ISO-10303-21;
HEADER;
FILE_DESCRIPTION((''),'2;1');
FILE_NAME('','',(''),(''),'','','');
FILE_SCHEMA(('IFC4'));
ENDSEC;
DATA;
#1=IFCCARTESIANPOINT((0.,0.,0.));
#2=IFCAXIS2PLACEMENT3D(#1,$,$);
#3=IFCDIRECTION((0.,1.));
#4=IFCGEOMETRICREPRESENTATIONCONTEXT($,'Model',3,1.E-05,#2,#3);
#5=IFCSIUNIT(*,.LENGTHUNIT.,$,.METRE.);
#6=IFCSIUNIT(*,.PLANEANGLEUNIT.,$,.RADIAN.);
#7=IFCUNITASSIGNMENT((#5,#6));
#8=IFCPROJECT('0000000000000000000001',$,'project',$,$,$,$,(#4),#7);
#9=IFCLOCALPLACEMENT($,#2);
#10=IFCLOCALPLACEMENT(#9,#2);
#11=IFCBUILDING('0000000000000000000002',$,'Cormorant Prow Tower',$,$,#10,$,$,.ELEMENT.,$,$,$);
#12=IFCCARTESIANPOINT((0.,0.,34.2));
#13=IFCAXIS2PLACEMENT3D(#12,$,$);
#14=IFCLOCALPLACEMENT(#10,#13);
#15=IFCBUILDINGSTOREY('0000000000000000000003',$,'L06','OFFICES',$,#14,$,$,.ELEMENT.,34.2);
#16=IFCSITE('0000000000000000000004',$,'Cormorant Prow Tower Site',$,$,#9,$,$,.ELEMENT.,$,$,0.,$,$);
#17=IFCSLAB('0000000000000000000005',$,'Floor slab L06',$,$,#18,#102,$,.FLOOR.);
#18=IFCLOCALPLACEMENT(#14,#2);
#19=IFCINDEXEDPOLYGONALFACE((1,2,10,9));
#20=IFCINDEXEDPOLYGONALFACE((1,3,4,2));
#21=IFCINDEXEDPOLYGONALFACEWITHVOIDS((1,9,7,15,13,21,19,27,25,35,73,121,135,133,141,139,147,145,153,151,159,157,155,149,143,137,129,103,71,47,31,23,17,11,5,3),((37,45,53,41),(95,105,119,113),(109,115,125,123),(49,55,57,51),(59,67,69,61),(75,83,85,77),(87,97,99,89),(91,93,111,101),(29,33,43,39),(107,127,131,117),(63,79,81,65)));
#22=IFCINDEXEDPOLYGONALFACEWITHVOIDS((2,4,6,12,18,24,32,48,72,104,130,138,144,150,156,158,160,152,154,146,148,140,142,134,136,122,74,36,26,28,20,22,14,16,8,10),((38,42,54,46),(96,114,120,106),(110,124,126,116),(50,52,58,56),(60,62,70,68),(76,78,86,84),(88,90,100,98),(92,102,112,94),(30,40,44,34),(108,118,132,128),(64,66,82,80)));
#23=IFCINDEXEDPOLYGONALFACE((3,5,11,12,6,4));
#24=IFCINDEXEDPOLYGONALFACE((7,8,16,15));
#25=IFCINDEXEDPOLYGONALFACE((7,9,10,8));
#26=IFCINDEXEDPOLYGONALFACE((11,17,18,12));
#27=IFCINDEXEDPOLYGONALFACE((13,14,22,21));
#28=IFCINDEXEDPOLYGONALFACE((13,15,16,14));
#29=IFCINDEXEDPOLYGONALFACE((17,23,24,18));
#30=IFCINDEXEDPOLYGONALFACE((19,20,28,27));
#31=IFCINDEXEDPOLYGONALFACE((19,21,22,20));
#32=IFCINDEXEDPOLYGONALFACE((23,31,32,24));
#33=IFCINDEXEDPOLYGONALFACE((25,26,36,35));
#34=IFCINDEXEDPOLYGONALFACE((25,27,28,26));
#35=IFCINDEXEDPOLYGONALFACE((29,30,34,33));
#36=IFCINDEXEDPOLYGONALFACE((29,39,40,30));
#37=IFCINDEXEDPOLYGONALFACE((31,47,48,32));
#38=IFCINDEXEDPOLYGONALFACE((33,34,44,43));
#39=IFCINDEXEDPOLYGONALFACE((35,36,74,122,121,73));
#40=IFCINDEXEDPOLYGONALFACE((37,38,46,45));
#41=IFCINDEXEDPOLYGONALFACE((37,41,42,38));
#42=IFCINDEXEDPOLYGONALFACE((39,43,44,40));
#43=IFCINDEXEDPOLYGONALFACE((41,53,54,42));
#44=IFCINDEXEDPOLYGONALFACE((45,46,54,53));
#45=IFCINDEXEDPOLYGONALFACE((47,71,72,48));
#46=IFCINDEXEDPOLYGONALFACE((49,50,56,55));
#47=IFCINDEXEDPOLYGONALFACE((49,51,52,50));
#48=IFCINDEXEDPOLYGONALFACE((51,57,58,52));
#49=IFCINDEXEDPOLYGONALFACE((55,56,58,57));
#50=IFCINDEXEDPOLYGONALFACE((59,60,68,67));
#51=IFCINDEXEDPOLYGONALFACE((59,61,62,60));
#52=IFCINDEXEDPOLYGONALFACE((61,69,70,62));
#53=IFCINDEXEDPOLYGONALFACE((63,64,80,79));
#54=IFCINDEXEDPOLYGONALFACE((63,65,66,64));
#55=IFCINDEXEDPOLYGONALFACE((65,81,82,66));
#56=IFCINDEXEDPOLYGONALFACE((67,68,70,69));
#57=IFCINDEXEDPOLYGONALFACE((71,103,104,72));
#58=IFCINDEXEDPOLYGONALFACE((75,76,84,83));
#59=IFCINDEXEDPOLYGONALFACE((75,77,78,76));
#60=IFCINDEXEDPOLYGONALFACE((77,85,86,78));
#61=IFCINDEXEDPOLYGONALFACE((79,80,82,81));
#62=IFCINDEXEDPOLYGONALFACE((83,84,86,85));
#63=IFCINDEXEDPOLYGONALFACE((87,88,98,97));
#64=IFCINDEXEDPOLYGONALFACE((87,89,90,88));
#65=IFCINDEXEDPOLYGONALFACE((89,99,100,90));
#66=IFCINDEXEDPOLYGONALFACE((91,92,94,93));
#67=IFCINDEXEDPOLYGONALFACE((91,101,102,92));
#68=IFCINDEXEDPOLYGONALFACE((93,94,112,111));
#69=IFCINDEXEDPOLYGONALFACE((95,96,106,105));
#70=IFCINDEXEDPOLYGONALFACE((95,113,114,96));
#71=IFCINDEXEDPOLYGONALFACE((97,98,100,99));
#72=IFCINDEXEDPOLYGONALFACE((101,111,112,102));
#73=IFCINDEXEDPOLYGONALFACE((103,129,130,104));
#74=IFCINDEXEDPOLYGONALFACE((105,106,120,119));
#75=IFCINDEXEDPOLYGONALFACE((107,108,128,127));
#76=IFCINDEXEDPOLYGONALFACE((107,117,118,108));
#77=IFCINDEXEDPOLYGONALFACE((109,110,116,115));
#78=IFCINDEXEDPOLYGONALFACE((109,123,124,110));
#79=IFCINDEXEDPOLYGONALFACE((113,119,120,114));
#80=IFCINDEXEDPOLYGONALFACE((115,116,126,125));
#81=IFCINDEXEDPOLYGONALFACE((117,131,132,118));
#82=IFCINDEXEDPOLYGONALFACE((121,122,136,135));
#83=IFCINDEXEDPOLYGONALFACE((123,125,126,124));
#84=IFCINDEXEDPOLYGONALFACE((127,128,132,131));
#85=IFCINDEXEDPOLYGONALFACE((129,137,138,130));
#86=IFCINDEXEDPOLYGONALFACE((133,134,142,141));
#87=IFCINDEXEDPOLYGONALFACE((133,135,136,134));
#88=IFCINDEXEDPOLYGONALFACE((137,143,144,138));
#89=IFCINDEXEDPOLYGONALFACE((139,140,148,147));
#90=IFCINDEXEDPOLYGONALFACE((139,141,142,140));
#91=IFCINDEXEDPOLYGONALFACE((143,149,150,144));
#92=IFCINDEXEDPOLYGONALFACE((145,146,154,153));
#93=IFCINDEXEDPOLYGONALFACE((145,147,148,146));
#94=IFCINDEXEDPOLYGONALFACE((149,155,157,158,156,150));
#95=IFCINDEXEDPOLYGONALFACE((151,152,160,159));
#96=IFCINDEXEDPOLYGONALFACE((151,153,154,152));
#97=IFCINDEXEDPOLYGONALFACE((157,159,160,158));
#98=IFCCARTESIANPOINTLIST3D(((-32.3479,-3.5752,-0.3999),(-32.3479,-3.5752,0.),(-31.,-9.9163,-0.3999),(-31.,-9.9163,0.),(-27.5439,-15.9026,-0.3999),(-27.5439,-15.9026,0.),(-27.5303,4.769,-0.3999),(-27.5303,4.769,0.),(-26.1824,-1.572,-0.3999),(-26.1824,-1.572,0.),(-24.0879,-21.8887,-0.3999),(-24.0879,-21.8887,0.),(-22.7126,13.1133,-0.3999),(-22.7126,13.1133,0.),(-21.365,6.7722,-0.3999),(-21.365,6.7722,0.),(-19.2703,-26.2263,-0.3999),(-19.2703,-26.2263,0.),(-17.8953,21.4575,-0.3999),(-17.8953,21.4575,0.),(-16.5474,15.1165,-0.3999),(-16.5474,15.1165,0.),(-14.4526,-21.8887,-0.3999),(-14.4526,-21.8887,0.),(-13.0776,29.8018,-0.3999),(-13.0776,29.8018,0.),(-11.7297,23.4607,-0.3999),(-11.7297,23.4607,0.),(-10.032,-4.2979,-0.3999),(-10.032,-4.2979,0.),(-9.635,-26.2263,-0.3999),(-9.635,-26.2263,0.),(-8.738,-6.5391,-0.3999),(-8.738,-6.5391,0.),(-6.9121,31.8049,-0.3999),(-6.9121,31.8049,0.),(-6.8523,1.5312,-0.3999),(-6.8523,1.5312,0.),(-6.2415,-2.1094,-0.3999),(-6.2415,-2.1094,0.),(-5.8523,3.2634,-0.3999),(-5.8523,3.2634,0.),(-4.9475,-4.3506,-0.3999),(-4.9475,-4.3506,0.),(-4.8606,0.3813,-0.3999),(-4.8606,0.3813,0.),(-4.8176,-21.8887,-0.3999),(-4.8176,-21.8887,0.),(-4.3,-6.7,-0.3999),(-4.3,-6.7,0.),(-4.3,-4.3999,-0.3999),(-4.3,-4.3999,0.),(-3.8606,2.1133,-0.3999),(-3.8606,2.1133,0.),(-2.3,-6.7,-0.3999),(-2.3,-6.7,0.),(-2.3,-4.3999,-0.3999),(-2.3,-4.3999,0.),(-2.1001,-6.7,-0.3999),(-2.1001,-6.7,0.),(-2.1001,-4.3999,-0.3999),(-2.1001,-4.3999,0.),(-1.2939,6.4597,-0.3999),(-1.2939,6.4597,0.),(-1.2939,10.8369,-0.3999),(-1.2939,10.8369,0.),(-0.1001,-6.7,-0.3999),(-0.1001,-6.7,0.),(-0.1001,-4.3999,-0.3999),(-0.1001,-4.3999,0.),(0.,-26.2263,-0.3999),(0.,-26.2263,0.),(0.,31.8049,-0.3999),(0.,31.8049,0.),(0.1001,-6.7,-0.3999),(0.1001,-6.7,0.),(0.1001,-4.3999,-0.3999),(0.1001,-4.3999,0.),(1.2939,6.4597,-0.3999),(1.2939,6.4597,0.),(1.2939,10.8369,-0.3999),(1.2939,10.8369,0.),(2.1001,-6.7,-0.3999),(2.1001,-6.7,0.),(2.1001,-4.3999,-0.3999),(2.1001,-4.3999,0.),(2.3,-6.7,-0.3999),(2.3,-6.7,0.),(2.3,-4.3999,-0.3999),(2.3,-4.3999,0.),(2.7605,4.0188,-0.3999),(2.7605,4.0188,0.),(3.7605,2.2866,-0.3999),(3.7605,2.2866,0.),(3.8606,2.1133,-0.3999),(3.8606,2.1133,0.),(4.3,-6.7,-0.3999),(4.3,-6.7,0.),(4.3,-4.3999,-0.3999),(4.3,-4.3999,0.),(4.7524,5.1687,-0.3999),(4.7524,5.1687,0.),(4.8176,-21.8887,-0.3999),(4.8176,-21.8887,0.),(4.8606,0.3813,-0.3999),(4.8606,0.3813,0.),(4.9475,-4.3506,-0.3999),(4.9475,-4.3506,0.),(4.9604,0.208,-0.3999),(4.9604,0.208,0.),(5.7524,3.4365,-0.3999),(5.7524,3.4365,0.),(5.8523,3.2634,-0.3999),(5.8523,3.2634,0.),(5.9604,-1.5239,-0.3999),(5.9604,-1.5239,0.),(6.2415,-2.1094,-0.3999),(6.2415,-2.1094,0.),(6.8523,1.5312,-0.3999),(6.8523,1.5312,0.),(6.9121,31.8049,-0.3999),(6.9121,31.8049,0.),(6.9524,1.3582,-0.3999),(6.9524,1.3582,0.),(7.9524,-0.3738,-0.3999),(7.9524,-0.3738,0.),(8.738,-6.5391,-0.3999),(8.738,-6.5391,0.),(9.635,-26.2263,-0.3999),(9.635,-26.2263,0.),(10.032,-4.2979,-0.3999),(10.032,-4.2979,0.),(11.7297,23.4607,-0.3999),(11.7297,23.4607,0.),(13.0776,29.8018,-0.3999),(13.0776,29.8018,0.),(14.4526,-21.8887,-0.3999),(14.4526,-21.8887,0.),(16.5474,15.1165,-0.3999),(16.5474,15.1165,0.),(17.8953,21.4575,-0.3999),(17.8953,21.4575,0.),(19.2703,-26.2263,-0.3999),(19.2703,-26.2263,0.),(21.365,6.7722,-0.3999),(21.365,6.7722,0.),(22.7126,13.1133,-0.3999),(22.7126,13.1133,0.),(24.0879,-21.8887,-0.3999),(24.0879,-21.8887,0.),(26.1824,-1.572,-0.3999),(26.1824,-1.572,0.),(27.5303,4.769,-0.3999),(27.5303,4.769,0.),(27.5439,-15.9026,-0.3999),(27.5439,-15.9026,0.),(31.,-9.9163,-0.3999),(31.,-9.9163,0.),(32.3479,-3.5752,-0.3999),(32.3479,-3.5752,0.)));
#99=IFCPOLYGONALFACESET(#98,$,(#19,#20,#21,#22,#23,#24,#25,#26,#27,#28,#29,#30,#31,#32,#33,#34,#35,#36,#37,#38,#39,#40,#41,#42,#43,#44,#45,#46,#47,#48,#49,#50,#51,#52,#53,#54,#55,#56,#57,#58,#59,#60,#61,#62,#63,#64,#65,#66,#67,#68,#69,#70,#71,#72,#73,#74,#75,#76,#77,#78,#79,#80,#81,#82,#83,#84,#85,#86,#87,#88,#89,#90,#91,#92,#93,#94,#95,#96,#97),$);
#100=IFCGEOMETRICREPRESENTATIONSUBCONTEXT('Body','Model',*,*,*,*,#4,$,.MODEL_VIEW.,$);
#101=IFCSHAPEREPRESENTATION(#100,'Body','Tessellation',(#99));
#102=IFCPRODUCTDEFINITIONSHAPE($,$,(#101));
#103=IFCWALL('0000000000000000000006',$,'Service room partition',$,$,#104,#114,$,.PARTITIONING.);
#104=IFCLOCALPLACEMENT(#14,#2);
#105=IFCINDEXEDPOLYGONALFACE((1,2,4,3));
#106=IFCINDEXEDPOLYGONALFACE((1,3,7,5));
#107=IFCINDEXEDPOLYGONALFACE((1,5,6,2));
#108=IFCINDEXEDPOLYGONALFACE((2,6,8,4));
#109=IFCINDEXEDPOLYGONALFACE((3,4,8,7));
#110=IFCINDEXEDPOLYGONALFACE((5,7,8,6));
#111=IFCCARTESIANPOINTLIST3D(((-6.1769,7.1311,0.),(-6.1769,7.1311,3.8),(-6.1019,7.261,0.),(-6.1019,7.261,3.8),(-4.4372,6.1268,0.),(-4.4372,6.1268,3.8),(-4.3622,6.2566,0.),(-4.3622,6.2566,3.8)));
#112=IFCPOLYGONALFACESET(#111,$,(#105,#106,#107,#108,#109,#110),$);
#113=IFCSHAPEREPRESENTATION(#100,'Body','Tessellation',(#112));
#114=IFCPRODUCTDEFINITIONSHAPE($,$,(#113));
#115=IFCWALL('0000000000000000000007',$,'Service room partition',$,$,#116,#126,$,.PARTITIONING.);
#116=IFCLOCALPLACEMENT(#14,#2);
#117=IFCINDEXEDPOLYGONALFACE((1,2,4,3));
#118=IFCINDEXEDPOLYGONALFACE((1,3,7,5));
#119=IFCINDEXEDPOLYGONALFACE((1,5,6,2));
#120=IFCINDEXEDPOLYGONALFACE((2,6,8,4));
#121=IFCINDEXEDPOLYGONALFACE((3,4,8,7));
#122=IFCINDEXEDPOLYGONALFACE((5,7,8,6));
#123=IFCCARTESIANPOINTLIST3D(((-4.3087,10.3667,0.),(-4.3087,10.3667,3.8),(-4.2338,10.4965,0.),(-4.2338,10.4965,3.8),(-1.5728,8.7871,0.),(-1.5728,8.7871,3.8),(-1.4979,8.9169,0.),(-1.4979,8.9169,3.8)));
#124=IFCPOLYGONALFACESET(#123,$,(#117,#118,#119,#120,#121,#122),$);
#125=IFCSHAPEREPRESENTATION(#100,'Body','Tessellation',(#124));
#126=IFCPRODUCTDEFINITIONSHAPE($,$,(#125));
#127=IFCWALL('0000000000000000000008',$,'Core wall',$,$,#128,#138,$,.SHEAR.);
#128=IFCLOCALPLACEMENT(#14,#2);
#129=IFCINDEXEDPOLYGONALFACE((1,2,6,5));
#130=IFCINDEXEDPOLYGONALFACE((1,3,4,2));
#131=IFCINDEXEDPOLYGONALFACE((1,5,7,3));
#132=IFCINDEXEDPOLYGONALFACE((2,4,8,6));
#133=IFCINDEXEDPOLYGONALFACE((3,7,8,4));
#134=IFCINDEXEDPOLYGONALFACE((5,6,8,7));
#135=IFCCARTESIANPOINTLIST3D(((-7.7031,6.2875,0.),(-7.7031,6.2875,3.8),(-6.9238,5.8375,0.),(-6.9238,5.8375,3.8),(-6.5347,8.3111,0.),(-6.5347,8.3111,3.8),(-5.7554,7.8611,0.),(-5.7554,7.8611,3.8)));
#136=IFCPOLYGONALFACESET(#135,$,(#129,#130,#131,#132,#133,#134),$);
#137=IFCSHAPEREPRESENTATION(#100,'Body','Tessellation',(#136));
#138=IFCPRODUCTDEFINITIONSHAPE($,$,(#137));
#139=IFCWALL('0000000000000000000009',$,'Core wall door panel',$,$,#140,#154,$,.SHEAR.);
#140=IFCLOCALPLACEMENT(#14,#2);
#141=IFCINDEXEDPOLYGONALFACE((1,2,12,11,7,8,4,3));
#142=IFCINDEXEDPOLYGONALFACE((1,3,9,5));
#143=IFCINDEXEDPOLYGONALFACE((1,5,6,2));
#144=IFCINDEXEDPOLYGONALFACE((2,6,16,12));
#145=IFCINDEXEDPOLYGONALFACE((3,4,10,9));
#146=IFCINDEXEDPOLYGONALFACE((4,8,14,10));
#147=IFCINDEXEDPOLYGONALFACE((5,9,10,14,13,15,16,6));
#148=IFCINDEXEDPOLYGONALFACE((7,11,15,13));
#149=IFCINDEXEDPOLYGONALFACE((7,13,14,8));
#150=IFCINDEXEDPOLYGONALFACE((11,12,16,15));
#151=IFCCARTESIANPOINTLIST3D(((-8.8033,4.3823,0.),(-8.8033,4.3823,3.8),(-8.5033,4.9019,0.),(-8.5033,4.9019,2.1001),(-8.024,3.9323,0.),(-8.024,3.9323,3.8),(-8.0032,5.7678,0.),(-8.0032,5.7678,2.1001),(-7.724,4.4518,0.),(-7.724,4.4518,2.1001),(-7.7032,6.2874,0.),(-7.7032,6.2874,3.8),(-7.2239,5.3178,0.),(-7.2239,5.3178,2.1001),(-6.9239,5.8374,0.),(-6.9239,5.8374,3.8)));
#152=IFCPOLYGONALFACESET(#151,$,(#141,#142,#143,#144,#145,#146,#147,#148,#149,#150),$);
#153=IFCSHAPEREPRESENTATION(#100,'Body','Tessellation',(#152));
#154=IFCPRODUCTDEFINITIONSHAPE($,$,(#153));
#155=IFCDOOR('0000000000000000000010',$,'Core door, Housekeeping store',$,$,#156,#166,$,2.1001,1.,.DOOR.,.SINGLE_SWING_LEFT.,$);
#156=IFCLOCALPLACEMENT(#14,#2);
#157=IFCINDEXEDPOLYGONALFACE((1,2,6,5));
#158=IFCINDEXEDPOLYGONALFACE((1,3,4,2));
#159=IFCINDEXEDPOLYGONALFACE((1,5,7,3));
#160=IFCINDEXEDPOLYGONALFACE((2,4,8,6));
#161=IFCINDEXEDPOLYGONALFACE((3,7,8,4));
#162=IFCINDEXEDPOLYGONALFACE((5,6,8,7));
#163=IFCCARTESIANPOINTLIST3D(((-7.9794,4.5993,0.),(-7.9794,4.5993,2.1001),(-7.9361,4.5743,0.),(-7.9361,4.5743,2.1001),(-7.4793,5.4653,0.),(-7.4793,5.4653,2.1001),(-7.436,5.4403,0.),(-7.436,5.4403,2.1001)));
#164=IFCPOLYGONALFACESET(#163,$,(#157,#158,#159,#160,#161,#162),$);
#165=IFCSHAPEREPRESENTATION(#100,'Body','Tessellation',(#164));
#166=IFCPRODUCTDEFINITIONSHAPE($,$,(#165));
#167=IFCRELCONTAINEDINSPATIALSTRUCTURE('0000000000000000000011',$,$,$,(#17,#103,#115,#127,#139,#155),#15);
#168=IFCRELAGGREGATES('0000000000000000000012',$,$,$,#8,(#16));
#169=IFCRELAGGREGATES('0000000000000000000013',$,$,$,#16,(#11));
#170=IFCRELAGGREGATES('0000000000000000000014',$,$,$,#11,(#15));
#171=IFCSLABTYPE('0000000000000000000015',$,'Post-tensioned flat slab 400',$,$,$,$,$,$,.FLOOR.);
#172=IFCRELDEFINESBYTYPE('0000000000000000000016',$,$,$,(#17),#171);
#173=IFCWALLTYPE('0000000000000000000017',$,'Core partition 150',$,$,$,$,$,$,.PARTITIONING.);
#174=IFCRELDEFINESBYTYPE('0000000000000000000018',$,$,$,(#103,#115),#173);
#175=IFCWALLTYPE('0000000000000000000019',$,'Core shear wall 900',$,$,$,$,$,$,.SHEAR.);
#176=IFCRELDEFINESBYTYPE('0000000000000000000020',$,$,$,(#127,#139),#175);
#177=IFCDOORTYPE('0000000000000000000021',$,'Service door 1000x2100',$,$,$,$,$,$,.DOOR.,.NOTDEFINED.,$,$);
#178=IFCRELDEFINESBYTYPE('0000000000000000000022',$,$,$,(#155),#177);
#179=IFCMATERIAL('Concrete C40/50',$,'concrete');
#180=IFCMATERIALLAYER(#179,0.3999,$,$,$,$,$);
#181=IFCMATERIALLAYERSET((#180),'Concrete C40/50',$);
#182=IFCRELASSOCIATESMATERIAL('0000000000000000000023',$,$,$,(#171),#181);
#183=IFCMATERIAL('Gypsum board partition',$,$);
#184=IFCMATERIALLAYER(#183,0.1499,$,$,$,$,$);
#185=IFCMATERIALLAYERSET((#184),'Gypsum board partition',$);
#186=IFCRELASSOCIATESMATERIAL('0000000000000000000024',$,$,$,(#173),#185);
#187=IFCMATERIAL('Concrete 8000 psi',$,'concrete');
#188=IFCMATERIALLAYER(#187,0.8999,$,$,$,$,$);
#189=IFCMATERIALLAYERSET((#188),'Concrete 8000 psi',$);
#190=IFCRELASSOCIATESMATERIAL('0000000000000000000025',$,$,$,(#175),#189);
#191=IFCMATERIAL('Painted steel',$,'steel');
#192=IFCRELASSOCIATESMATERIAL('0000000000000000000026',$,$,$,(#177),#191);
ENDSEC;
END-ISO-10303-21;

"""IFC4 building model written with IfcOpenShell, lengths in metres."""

from ifc_helpers import new_model, si_unit, direction, frame, frame_2d, origin, place, context, subcontext, project, spatial, polyline, rectangle, outline, extrude, material, layer, layer_set, type_object, element, fill, save


model = new_model("IFC4")

# Units and contexts
model_context = context("Model", 3, precision=1e-05, world=origin(), true_north=direction((0.0, 1.0)))
body_context = subcontext(model_context, "Body", "Model", "MODEL_VIEW")
ifc_project = project(units=[si_unit("LENGTHUNIT", "METRE"), si_unit("PLANEANGLEUNIT", "RADIAN")], contexts=[model_context])

# Site, building, storey
site_placement = place(None, origin())
site = spatial("IfcSite", under=ifc_project, at=site_placement, Name="Cormorant Prow Tower Site", CompositionType="ELEMENT", RefElevation=0.0)
building_placement = place(site_placement, origin())
building = spatial("IfcBuilding", under=site, at=building_placement, Name="Cormorant Prow Tower", CompositionType="ELEMENT")
storey_placement = place(building_placement, frame((0.0, 0.0, 34.2)))
storey = spatial("IfcBuildingStorey", under=building, at=storey_placement, Name="L06", Description="OFFICES", CompositionType="ELEMENT", Elevation=34.2)

# Slab
ifc_material_1 = material(Name="Concrete C40/50", Category="concrete")
ifc_layer_1 = layer(ifc_material_1, 0.3999)
ifc_layer_set_1 = layer_set([ifc_layer_1], Name="Concrete C40/50")
slab_type_1 = type_object("IfcSlabType", Name="Post-tensioned flat slab 400", PredefinedType="FLOOR", material=ifc_layer_set_1)
slab_1_placement = place(storey_placement, frame((0.0, 0.0, -0.3999)))
element("IfcSlab", 1, at=slab_1_placement, inside=storey, type_object=slab_type_1, Name="Floor slab L06", PredefinedType="FLOOR", context=body_context, shape_type="SweptSolid", body=[
    extrude(outline(polyline([(-13.0776, 29.8018), (-11.7297, 23.4607), (-17.8953, 21.4575), (-16.5474, 15.1165), (-22.7126, 13.1133), (-21.365, 6.7722), (-27.5303, 4.769), (-26.1824, -1.572), (-32.3479, -3.5752), (-31.0, -9.9163), (-27.5439, -15.9026), (-24.0879, -21.8887), (-19.2703, -26.2263), (-14.4526, -21.8887), (-9.635, -26.2263), (-4.8176, -21.8887), (0.0, -26.2263), (4.8176, -21.8887), (9.635, -26.2263), (14.4526, -21.8887), (19.2703, -26.2263), (24.0879, -21.8887), (27.5439, -15.9026), (31.0, -9.9163), (32.3479, -3.5752), (26.1824, -1.572), (27.5303, 4.769), (21.365, 6.7722), (22.7126, 13.1133), (16.5474, 15.1165), (17.8953, 21.4575), (11.7297, 23.4607), (13.0776, 29.8018), (6.9121, 31.8049), (0.0, 31.8049), (-6.9121, 31.8049), (-13.0776, 29.8018)]), holes=[polyline([(-4.3, -6.7), (-4.3, -4.3999), (-2.3, -4.3999), (-2.3, -6.7), (-4.3, -6.7)]), polyline([(-2.1001, -4.3999), (-0.1001, -4.3999), (-0.1001, -6.7), (-2.1001, -6.7), (-2.1001, -4.3999)]), polyline([(2.1001, -4.3999), (2.1001, -6.7), (0.1001, -6.7), (0.1001, -4.3999), (2.1001, -4.3999)]), polyline([(4.3, -6.7), (2.3, -6.7), (2.3, -4.3999), (4.3, -4.3999), (4.3, -6.7)]), polyline([(7.9524, -0.3738), (5.9604, -1.5239), (4.9604, 0.208), (6.9524, 1.3582), (7.9524, -0.3738)]), polyline([(4.8606, 0.3813), (3.8606, 2.1133), (5.8523, 3.2634), (6.8523, 1.5312), (4.8606, 0.3813)]), polyline([(2.7605, 4.0188), (4.7524, 5.1687), (5.7524, 3.4365), (3.7605, 2.2866), (2.7605, 4.0188)]), polyline([(-6.8523, 1.5312), (-5.8523, 3.2634), (-3.8606, 2.1133), (-4.8606, 0.3813), (-6.8523, 1.5312)]), polyline([(-4.9475, -4.3506), (-8.738, -6.5391), (-10.032, -4.2979), (-6.2415, -2.1094), (-4.9475, -4.3506)]), polyline([(10.032, -4.2979), (8.738, -6.5391), (4.9475, -4.3506), (6.2415, -2.1094), (10.032, -4.2979)]), polyline([(1.2939, 10.8369), (1.2939, 6.4597), (-1.2939, 6.4597), (-1.2939, 10.8369), (1.2939, 10.8369)])]), origin(), (0.0, 0.0, 1.0), 0.3999),
])

# Walls
ifc_material_2 = material(Name="Gypsum board partition")
ifc_layer_2 = layer(ifc_material_2, 0.1499)
ifc_layer_set_2 = layer_set([ifc_layer_2], Name="Gypsum board partition")
wall_type_1 = type_object("IfcWallType", Name="Core partition 150", PredefinedType="PARTITIONING", material=ifc_layer_set_2)
wall_1_placement = place(storey_placement, frame((-6.1394, 7.196, 0.0), z_axis=(0.0, 0.0, 1.0), x_axis=(0.866036, -0.499982, 0.0)))
element("IfcWall", 2, at=wall_1_placement, inside=storey, type_object=wall_type_1, Name="Service room partition", PredefinedType="PARTITIONING", context=body_context, shape_type="SweptSolid", body=[
    extrude(rectangle(XDim=2.0088, YDim=0.1499, at=frame_2d((1.0044, 0.0))), origin(), (0.0, 0.0, 1.0), 3.8),
])
wall_2_placement = place(storey_placement, frame((-4.2712, 10.4316, 0.0), z_axis=(0.0, 0.0, 1.0), x_axis=(0.866018, -0.500012, 0.0)))
element("IfcWall", 3, at=wall_2_placement, inside=storey, type_object=wall_type_1, Name="Service room partition", PredefinedType="PARTITIONING", context=body_context, shape_type="SweptSolid", body=[
    extrude(rectangle(XDim=3.1592, YDim=0.1499, at=frame_2d((1.5796, 0.0))), origin(), (0.0, 0.0, 1.0), 3.8),
])
ifc_material_3 = material(Name="Concrete 8000 psi", Category="concrete")
ifc_layer_3 = layer(ifc_material_3, 0.8999)
ifc_layer_set_3 = layer_set([ifc_layer_3], Name="Concrete 8000 psi")
wall_type_2 = type_object("IfcWallType", Name="Core shear wall 900", PredefinedType="SHEAR", material=ifc_layer_set_3)
wall_3_placement = place(storey_placement, frame((-6.145, 8.0862, 0.0), z_axis=(0.0, 0.0, 1.0), x_axis=(-0.500027, -0.86601, 0.0)))
element("IfcWall", 4, at=wall_3_placement, inside=storey, type_object=wall_type_2, Name="Core wall", PredefinedType="SHEAR", context=body_context, shape_type="SweptSolid", body=[
    extrude(rectangle(XDim=2.3367, YDim=0.8999, at=frame_2d((1.1685, 0.0))), origin(), (0.0, 0.0, 1.0), 3.8),
])

# Wall, opening, door
wall_4_placement = place(storey_placement, frame((-7.3135, 6.0625, 0.0), z_axis=(0.0, 0.0, 1.0), x_axis=(-0.500078, -0.86598, 0.0)))
wall_4 = element("IfcWall", 5, at=wall_4_placement, inside=storey, type_object=wall_type_2, Name="Core wall door panel", PredefinedType="SHEAR", context=body_context, shape_type="SweptSolid", body=[
    extrude(rectangle(XDim=2.2, YDim=0.8999, at=frame_2d((1.1001, 0.0))), origin(), (0.0, 0.0, 1.0), 3.8),
])
opening_1_placement = place(wall_4_placement, frame((0.6001, 0.0, 0.0)))
opening_1 = element("IfcOpeningElement", 6, at=opening_1_placement, cuts=wall_4, PredefinedType="OPENING", context=body_context, shape_type="SweptSolid", body=[
    extrude(rectangle(XDim=1.0, YDim=2.1001, at=frame_2d((0.5, 1.05))), frame((0.0, 0.46, 0.0), z_axis=(0.0, -1.0, 0.0), x_axis=(1.0, 0.0, 0.0)), (0.0, 0.0, 1.0), 0.9199),
])
ifc_material_4 = material(Name="Painted steel", Category="steel")
door_type_1 = type_object("IfcDoorType", Name="Service door 1000x2100", OperationType="NOTDEFINED", PredefinedType="DOOR", material=ifc_material_4)
door_1_placement = place(opening_1_placement, origin())
door_1 = element("IfcDoor", 7, at=door_1_placement, inside=storey, type_object=door_type_1, Name="Core door, Housekeeping store", OperationType="SINGLE_SWING_LEFT", OverallHeight=2.1001, OverallWidth=1.0, PredefinedType="DOOR", context=body_context, shape_type="SweptSolid", body=[
    extrude(rectangle(XDim=1.0, YDim=2.1001, at=frame_2d((0.5, 1.05))), frame((0.0, 0.2051, 0.0), z_axis=(0.0, -1.0, 0.0), x_axis=(1.0, 0.0, 0.0)), (0.0, 0.0, 1.0), 0.05),
])
fill(opening_1, door_1)

save(model, "model.ifc")
